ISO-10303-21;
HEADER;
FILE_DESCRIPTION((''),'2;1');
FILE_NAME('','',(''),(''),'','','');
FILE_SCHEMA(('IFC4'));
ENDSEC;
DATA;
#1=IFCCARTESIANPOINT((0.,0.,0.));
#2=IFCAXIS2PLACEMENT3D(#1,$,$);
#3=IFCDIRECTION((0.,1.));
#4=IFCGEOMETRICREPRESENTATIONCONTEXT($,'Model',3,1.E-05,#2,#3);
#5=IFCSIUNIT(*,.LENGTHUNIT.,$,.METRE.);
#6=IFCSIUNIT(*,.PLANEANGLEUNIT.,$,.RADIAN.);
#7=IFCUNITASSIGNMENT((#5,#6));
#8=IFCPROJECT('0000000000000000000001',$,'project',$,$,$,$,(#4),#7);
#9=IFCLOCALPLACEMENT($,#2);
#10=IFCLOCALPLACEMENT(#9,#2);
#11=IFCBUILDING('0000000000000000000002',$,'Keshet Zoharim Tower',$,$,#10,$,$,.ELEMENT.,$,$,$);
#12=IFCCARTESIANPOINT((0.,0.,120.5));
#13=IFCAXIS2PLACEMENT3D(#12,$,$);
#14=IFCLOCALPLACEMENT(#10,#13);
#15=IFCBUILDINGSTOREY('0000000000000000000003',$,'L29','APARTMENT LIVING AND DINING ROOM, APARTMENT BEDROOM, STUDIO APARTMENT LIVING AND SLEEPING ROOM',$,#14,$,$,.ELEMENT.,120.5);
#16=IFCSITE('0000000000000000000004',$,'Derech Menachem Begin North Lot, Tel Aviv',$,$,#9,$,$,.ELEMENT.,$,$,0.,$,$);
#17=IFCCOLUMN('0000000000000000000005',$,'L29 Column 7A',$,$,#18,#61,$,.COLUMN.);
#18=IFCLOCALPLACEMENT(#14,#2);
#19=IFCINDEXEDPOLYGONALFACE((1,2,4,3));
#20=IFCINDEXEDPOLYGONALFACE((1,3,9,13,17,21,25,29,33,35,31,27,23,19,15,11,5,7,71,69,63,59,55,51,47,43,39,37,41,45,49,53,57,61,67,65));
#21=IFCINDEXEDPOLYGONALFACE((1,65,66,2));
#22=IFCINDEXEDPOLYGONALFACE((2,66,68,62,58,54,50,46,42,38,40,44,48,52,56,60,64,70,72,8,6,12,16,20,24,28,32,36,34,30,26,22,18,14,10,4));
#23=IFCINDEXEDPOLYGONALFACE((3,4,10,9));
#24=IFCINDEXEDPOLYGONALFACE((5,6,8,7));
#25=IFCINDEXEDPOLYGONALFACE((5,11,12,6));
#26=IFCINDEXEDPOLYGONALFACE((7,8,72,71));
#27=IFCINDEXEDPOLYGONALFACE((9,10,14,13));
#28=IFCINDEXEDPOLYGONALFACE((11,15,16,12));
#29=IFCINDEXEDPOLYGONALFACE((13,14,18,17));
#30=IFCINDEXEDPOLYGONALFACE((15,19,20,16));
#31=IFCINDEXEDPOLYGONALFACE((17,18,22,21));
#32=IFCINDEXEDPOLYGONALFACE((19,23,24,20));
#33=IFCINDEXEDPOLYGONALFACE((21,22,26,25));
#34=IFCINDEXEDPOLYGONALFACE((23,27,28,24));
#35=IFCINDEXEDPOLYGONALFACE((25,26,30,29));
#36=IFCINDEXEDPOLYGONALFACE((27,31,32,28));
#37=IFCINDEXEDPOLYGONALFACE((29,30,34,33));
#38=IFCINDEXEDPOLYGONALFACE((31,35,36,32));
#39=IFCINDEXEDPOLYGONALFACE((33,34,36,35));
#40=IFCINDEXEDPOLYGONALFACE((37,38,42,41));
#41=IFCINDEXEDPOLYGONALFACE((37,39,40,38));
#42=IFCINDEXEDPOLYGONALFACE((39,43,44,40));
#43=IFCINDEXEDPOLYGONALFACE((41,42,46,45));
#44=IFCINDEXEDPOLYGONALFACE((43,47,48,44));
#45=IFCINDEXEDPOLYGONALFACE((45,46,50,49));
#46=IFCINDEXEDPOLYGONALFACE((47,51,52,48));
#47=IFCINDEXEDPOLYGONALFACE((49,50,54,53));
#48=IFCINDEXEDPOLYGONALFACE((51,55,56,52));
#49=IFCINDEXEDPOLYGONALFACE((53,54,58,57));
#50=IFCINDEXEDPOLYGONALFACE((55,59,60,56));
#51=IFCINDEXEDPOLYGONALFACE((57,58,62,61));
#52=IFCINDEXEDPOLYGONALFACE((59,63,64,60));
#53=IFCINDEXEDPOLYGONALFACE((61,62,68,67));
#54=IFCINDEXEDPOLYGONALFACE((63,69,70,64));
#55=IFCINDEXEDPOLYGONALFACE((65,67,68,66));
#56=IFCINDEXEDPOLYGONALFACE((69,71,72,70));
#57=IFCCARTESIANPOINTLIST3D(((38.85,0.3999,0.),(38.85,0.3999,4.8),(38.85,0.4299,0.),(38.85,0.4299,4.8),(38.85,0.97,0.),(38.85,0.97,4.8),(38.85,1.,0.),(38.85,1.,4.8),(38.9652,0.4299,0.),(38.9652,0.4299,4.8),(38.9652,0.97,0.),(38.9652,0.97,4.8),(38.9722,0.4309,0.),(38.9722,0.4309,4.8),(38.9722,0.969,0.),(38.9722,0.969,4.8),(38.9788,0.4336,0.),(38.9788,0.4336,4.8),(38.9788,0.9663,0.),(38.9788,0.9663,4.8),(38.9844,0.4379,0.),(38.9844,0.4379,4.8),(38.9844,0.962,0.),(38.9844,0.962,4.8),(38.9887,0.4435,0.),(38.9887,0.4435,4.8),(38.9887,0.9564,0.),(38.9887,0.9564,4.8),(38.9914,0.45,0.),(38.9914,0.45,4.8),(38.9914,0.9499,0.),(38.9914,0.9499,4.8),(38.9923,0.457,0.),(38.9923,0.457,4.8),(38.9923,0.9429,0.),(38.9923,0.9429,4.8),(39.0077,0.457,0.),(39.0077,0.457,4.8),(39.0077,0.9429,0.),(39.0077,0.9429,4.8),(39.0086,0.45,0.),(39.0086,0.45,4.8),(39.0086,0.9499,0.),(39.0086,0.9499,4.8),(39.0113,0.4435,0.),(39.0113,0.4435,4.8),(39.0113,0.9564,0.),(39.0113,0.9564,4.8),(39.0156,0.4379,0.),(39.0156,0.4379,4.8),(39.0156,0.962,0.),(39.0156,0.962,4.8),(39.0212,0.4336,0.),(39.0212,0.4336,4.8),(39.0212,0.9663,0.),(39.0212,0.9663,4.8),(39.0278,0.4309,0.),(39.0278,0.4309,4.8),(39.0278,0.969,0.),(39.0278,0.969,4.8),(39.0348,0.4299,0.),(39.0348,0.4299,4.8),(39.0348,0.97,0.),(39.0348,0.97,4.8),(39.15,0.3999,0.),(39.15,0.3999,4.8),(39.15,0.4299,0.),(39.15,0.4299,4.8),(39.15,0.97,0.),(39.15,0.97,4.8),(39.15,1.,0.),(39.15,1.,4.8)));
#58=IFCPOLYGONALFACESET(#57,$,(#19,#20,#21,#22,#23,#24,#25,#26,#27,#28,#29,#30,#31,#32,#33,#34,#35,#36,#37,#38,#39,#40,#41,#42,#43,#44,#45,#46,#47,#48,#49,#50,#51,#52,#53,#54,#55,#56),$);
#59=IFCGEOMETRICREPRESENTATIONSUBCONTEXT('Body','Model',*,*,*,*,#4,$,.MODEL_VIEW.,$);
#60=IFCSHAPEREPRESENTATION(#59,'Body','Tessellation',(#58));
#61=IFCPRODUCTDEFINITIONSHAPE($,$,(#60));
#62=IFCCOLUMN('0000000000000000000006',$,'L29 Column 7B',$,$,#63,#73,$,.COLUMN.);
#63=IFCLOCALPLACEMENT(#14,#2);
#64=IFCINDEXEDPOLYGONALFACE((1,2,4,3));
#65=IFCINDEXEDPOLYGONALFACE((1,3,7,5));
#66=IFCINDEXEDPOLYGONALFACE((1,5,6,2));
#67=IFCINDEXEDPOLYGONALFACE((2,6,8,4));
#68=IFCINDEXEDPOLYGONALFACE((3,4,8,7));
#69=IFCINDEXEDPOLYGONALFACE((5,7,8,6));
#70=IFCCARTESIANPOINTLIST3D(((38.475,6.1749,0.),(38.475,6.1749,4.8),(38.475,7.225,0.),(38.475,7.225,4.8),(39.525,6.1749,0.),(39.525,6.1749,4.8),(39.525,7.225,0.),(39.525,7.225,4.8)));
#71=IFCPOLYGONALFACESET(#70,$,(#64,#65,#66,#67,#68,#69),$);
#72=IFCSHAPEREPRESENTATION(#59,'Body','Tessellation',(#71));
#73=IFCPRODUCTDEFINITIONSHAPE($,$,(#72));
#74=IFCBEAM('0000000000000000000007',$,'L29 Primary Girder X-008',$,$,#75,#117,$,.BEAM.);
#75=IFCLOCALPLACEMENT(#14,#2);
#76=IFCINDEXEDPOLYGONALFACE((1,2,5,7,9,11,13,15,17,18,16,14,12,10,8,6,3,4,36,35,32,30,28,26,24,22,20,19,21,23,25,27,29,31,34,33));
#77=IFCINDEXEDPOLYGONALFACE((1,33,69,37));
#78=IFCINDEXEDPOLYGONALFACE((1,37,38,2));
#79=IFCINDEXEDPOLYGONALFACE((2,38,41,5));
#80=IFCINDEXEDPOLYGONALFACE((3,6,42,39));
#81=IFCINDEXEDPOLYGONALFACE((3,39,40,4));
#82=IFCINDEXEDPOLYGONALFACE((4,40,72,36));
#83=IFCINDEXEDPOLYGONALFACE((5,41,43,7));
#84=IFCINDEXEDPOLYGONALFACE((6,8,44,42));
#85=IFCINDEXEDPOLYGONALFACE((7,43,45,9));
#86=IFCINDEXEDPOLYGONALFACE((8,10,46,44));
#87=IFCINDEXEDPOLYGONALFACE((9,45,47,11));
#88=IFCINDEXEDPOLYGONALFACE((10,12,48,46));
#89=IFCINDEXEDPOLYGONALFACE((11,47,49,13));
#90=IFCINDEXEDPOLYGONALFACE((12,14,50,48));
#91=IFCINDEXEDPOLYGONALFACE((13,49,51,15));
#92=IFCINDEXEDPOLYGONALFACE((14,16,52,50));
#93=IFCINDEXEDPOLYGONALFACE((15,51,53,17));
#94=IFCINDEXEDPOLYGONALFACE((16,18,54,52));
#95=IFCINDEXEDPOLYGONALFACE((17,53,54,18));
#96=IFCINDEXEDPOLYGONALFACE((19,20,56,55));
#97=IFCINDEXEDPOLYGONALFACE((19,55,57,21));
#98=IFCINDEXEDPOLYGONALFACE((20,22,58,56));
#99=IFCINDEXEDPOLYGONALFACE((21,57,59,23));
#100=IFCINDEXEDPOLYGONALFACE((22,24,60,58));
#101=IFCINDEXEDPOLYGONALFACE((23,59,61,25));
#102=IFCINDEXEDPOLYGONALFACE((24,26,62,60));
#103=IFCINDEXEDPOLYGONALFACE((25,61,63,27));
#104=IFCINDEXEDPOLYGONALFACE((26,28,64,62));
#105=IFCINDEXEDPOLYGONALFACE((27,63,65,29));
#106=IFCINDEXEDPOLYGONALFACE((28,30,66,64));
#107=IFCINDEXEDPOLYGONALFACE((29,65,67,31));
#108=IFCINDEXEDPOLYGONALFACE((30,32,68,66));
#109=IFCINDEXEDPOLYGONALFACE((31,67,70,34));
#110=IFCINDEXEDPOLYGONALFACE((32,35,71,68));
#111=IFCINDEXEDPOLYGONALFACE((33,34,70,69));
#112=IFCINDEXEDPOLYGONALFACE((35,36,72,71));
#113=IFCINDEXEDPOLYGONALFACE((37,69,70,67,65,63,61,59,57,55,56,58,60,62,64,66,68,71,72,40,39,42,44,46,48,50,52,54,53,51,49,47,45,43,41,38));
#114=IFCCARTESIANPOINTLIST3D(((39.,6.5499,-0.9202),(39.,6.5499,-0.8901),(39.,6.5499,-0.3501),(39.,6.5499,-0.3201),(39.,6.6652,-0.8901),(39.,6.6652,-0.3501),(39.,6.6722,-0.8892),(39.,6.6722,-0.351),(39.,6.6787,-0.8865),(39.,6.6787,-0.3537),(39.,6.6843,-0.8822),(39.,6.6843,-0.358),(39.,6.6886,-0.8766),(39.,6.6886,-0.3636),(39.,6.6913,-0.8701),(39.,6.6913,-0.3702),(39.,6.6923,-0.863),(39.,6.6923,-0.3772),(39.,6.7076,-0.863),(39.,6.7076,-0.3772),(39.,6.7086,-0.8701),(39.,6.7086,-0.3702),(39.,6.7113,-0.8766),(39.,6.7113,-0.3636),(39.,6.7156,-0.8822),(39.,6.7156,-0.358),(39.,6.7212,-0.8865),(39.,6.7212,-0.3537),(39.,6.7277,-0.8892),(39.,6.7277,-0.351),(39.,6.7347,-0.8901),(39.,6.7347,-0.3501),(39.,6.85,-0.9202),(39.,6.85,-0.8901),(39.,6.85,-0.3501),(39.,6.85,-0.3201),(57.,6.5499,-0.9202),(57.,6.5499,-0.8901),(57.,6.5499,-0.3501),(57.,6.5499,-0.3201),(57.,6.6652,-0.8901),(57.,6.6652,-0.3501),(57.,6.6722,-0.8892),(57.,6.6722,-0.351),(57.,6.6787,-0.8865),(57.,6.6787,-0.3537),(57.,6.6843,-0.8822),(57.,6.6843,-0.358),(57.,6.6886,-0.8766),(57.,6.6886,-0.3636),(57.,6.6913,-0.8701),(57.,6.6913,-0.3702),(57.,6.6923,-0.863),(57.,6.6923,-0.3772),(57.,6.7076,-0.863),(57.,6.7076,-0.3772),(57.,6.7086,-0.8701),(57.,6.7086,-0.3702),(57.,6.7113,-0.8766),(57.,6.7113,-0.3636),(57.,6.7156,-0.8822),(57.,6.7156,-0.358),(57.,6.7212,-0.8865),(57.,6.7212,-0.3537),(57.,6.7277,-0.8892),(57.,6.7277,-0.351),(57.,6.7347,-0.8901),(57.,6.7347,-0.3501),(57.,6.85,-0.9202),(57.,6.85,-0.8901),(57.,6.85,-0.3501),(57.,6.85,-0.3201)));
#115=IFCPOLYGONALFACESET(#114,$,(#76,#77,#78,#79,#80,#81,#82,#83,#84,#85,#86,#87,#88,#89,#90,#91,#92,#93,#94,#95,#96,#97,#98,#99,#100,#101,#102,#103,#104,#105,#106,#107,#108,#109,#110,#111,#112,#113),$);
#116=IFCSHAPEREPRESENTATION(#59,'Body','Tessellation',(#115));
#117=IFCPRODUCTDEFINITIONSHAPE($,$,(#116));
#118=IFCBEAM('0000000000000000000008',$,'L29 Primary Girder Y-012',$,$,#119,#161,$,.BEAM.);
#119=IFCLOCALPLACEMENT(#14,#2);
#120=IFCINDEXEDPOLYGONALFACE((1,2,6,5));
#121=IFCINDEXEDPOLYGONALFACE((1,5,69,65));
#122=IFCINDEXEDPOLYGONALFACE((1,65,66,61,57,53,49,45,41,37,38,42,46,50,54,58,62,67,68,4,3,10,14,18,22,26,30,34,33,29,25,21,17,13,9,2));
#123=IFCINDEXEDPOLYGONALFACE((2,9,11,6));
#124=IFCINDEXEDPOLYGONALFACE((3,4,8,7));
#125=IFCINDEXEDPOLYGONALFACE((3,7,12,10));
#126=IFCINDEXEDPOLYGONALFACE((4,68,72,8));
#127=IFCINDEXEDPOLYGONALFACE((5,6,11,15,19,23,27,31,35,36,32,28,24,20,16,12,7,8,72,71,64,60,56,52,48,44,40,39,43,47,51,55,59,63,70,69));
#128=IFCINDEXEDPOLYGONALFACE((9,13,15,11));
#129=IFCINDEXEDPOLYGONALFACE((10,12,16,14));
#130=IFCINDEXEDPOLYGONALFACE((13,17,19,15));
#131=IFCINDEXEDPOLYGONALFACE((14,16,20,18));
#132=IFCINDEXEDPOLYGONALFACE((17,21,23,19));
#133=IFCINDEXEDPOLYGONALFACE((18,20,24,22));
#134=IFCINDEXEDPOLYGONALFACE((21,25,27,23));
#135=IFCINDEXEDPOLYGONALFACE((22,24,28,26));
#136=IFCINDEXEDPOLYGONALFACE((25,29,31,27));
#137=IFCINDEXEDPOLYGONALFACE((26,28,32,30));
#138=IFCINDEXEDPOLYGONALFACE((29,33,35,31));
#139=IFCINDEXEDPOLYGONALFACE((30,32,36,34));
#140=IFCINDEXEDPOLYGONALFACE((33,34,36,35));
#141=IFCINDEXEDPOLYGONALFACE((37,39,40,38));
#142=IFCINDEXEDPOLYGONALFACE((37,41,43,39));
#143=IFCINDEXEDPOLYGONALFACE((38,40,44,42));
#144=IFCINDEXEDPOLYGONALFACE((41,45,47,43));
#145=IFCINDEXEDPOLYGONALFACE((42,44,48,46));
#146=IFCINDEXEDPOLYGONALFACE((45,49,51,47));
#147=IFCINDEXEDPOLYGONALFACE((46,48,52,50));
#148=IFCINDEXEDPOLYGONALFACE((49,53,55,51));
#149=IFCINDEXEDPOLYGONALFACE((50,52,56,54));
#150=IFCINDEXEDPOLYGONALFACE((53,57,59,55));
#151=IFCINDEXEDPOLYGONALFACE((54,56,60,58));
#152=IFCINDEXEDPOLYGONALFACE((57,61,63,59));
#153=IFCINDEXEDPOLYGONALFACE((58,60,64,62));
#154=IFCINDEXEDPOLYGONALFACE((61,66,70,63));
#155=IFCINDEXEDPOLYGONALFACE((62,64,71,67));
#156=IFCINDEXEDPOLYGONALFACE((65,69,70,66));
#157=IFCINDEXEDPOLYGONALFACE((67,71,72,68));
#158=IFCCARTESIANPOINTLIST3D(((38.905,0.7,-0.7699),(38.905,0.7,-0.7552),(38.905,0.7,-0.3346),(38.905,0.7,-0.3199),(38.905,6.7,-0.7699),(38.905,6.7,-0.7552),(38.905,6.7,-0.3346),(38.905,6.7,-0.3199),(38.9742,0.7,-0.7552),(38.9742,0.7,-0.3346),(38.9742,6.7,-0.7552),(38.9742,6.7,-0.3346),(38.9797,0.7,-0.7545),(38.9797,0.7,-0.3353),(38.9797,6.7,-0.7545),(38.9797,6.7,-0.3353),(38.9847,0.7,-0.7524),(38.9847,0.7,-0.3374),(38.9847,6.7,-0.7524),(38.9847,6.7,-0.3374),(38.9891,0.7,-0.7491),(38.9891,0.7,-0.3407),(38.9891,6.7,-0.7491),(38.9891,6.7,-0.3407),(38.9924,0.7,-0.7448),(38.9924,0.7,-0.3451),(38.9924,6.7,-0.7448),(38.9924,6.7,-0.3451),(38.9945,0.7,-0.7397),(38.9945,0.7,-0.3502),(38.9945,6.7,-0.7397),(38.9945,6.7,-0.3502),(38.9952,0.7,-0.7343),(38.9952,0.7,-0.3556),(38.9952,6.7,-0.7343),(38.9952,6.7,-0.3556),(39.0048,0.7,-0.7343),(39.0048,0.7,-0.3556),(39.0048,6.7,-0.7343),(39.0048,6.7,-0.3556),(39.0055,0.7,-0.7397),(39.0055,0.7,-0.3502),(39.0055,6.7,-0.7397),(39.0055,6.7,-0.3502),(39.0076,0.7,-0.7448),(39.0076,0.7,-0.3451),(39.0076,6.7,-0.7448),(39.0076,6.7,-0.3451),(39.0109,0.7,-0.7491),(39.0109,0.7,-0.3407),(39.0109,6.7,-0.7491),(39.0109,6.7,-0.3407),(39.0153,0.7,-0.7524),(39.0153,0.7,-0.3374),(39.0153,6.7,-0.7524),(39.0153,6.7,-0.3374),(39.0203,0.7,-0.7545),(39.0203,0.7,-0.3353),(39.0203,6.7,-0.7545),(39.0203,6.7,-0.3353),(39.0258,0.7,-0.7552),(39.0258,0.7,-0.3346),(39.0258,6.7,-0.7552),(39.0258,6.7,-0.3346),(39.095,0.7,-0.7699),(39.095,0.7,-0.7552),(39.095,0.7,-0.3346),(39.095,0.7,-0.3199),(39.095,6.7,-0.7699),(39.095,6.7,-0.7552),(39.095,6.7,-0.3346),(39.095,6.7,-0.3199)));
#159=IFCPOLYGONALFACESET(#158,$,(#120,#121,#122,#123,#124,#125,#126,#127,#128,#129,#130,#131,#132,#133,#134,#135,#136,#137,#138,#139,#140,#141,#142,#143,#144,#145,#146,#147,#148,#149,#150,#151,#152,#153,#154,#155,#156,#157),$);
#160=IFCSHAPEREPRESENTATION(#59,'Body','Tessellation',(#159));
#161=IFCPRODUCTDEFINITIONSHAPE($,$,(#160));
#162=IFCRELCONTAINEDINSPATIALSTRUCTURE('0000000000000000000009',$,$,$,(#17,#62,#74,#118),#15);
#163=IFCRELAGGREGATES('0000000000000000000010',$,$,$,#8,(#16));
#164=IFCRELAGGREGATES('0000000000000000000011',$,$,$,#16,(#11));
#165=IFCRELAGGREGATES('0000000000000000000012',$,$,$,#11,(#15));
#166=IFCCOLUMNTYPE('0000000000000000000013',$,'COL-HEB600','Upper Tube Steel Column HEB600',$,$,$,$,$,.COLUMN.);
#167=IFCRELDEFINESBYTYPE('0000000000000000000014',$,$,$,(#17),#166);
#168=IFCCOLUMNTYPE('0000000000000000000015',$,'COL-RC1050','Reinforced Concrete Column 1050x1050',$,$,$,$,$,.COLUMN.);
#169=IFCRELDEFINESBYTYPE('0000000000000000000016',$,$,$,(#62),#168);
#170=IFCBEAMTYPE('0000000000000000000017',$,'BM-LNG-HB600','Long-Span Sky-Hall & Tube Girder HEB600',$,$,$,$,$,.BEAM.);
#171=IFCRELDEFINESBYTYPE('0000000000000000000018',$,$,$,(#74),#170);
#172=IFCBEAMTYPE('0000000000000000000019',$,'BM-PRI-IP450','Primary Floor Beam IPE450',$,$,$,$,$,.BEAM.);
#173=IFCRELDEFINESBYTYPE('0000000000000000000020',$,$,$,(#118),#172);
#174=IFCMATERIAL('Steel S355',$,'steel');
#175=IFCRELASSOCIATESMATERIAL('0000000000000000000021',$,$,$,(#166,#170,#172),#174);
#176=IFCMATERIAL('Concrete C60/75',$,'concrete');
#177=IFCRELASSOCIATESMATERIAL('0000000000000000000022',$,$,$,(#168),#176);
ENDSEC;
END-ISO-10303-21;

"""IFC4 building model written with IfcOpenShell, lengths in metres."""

from ifc_helpers import new_model, si_unit, direction, frame, origin, origin_2d, place, context, subcontext, project, spatial, rectangle, i_section, extrude, material, material_profile, profile_set, type_object, element, save


model = new_model("IFC4")

# Units and contexts
model_context = context("Model", 3, precision=1e-05, world=origin(), true_north=direction((0.0, 1.0)))
body_context = subcontext(model_context, "Body", "Model", "MODEL_VIEW")
ifc_project = project(units=[si_unit("LENGTHUNIT", "METRE"), si_unit("PLANEANGLEUNIT", "RADIAN")], contexts=[model_context])

# Site, building, storey
site_placement = place(None, origin())
site = spatial("IfcSite", under=ifc_project, at=site_placement, Name="Derech Menachem Begin North Lot, Tel Aviv", CompositionType="ELEMENT", RefElevation=0.0)
building_placement = place(site_placement, origin())
building = spatial("IfcBuilding", under=site, at=building_placement, Name="Keshet Zoharim Tower", CompositionType="ELEMENT")
storey_placement = place(building_placement, frame((0.0, 0.0, 120.5)))
storey = spatial("IfcBuildingStorey", under=building, at=storey_placement, Name="L29", Description="APARTMENT LIVING AND DINING ROOM, APARTMENT BEDROOM, STUDIO APARTMENT LIVING AND SLEEPING ROOM", CompositionType="ELEMENT", Elevation=120.5)

# Columns
ifc_material_1 = material(Name="Steel S355", Category="steel")
ifc_material_profile_1 = material_profile(ifc_material_1, i_section(OverallWidth=0.3, OverallDepth=0.6001, WebThickness=0.0154, FlangeThickness=0.03, FilletRadius=0.0271, at=origin_2d()), Name="HEB600")
ifc_profile_set_1 = profile_set([ifc_material_profile_1], Name="Steel S355")
column_type_1 = type_object("IfcColumnType", Name="COL-HEB600", Description="Upper Tube Steel Column HEB600", PredefinedType="COLUMN", material=ifc_profile_set_1)
column_1_placement = place(storey_placement, frame((39.0, 0.7, 0.0), z_axis=(0.0, 0.0, 1.0), x_axis=(1.0, 0.0, 0.0)))
element("IfcColumn", 1, at=column_1_placement, inside=storey, type_object=column_type_1, Name="L29 Column 7A", PredefinedType="COLUMN", context=body_context, shape_type="SweptSolid", body=[
    extrude(i_section(OverallWidth=0.3, OverallDepth=0.6001, WebThickness=0.0154, FlangeThickness=0.03, FilletRadius=0.0271, at=origin_2d()), origin(), (0.0, 0.0, 1.0), 4.8),
])
ifc_material_2 = material(Name="Concrete C60/75", Category="concrete")
ifc_material_profile_2 = material_profile(ifc_material_2, rectangle(XDim=1.05, YDim=1.05, at=origin_2d()), Name="RC1050x1050")
ifc_profile_set_2 = profile_set([ifc_material_profile_2], Name="Concrete C60/75")
column_type_2 = type_object("IfcColumnType", Name="COL-RC1050", Description="Reinforced Concrete Column 1050x1050", PredefinedType="COLUMN", material=ifc_profile_set_2)
column_2_placement = place(storey_placement, frame((39.0, 6.7, 0.0), z_axis=(0.0, 0.0, 1.0), x_axis=(1.0, 0.0, 0.0)))
element("IfcColumn", 2, at=column_2_placement, inside=storey, type_object=column_type_2, Name="L29 Column 7B", PredefinedType="COLUMN", context=body_context, shape_type="SweptSolid", body=[
    extrude(rectangle(XDim=1.05, YDim=1.05, at=origin_2d()), origin(), (0.0, 0.0, 1.0), 4.8),
])

# Beams
ifc_material_profile_3 = material_profile(ifc_material_1, i_section(OverallWidth=0.3, OverallDepth=0.6001, WebThickness=0.0154, FlangeThickness=0.03, FilletRadius=0.0271, at=origin_2d()), Name="HEB600")
ifc_profile_set_3 = profile_set([ifc_material_profile_3], Name="Steel S355")
beam_type_1 = type_object("IfcBeamType", Name="BM-LNG-HB600", Description="Long-Span Sky-Hall & Tube Girder HEB600", PredefinedType="BEAM", material=ifc_profile_set_3)
beam_1_placement = place(storey_placement, frame((39.0, 6.7, -0.6201), z_axis=(1.0, 0.0, 0.0), x_axis=(0.0, 1.0, 0.0)))
element("IfcBeam", 3, at=beam_1_placement, inside=storey, type_object=beam_type_1, Name="L29 Primary Girder X-008", PredefinedType="BEAM", context=body_context, shape_type="SweptSolid", body=[
    extrude(i_section(OverallWidth=0.3, OverallDepth=0.6001, WebThickness=0.0154, FlangeThickness=0.03, FilletRadius=0.0271, at=origin_2d()), origin(), (0.0, 0.0, 1.0), 18.0),
])
ifc_material_profile_4 = material_profile(ifc_material_1, i_section(OverallWidth=0.1899, OverallDepth=0.45, WebThickness=0.0095, FlangeThickness=0.0146, FilletRadius=0.021, at=origin_2d()), Name="IPE450")
ifc_profile_set_4 = profile_set([ifc_material_profile_4], Name="Steel S355")
beam_type_2 = type_object("IfcBeamType", Name="BM-PRI-IP450", Description="Primary Floor Beam IPE450", PredefinedType="BEAM", material=ifc_profile_set_4)
beam_2_placement = place(storey_placement, frame((39.0, 0.7, -0.5449), z_axis=(0.0, 1.0, 0.0), x_axis=(-1.0, 0.0, 0.0)))
element("IfcBeam", 4, at=beam_2_placement, inside=storey, type_object=beam_type_2, Name="L29 Primary Girder Y-012", PredefinedType="BEAM", context=body_context, shape_type="SweptSolid", body=[
    extrude(i_section(OverallWidth=0.1899, OverallDepth=0.45, WebThickness=0.0095, FlangeThickness=0.0146, FilletRadius=0.021, at=origin_2d()), origin(), (0.0, 0.0, 1.0), 6.0),
])

save(model, "model.ifc")
